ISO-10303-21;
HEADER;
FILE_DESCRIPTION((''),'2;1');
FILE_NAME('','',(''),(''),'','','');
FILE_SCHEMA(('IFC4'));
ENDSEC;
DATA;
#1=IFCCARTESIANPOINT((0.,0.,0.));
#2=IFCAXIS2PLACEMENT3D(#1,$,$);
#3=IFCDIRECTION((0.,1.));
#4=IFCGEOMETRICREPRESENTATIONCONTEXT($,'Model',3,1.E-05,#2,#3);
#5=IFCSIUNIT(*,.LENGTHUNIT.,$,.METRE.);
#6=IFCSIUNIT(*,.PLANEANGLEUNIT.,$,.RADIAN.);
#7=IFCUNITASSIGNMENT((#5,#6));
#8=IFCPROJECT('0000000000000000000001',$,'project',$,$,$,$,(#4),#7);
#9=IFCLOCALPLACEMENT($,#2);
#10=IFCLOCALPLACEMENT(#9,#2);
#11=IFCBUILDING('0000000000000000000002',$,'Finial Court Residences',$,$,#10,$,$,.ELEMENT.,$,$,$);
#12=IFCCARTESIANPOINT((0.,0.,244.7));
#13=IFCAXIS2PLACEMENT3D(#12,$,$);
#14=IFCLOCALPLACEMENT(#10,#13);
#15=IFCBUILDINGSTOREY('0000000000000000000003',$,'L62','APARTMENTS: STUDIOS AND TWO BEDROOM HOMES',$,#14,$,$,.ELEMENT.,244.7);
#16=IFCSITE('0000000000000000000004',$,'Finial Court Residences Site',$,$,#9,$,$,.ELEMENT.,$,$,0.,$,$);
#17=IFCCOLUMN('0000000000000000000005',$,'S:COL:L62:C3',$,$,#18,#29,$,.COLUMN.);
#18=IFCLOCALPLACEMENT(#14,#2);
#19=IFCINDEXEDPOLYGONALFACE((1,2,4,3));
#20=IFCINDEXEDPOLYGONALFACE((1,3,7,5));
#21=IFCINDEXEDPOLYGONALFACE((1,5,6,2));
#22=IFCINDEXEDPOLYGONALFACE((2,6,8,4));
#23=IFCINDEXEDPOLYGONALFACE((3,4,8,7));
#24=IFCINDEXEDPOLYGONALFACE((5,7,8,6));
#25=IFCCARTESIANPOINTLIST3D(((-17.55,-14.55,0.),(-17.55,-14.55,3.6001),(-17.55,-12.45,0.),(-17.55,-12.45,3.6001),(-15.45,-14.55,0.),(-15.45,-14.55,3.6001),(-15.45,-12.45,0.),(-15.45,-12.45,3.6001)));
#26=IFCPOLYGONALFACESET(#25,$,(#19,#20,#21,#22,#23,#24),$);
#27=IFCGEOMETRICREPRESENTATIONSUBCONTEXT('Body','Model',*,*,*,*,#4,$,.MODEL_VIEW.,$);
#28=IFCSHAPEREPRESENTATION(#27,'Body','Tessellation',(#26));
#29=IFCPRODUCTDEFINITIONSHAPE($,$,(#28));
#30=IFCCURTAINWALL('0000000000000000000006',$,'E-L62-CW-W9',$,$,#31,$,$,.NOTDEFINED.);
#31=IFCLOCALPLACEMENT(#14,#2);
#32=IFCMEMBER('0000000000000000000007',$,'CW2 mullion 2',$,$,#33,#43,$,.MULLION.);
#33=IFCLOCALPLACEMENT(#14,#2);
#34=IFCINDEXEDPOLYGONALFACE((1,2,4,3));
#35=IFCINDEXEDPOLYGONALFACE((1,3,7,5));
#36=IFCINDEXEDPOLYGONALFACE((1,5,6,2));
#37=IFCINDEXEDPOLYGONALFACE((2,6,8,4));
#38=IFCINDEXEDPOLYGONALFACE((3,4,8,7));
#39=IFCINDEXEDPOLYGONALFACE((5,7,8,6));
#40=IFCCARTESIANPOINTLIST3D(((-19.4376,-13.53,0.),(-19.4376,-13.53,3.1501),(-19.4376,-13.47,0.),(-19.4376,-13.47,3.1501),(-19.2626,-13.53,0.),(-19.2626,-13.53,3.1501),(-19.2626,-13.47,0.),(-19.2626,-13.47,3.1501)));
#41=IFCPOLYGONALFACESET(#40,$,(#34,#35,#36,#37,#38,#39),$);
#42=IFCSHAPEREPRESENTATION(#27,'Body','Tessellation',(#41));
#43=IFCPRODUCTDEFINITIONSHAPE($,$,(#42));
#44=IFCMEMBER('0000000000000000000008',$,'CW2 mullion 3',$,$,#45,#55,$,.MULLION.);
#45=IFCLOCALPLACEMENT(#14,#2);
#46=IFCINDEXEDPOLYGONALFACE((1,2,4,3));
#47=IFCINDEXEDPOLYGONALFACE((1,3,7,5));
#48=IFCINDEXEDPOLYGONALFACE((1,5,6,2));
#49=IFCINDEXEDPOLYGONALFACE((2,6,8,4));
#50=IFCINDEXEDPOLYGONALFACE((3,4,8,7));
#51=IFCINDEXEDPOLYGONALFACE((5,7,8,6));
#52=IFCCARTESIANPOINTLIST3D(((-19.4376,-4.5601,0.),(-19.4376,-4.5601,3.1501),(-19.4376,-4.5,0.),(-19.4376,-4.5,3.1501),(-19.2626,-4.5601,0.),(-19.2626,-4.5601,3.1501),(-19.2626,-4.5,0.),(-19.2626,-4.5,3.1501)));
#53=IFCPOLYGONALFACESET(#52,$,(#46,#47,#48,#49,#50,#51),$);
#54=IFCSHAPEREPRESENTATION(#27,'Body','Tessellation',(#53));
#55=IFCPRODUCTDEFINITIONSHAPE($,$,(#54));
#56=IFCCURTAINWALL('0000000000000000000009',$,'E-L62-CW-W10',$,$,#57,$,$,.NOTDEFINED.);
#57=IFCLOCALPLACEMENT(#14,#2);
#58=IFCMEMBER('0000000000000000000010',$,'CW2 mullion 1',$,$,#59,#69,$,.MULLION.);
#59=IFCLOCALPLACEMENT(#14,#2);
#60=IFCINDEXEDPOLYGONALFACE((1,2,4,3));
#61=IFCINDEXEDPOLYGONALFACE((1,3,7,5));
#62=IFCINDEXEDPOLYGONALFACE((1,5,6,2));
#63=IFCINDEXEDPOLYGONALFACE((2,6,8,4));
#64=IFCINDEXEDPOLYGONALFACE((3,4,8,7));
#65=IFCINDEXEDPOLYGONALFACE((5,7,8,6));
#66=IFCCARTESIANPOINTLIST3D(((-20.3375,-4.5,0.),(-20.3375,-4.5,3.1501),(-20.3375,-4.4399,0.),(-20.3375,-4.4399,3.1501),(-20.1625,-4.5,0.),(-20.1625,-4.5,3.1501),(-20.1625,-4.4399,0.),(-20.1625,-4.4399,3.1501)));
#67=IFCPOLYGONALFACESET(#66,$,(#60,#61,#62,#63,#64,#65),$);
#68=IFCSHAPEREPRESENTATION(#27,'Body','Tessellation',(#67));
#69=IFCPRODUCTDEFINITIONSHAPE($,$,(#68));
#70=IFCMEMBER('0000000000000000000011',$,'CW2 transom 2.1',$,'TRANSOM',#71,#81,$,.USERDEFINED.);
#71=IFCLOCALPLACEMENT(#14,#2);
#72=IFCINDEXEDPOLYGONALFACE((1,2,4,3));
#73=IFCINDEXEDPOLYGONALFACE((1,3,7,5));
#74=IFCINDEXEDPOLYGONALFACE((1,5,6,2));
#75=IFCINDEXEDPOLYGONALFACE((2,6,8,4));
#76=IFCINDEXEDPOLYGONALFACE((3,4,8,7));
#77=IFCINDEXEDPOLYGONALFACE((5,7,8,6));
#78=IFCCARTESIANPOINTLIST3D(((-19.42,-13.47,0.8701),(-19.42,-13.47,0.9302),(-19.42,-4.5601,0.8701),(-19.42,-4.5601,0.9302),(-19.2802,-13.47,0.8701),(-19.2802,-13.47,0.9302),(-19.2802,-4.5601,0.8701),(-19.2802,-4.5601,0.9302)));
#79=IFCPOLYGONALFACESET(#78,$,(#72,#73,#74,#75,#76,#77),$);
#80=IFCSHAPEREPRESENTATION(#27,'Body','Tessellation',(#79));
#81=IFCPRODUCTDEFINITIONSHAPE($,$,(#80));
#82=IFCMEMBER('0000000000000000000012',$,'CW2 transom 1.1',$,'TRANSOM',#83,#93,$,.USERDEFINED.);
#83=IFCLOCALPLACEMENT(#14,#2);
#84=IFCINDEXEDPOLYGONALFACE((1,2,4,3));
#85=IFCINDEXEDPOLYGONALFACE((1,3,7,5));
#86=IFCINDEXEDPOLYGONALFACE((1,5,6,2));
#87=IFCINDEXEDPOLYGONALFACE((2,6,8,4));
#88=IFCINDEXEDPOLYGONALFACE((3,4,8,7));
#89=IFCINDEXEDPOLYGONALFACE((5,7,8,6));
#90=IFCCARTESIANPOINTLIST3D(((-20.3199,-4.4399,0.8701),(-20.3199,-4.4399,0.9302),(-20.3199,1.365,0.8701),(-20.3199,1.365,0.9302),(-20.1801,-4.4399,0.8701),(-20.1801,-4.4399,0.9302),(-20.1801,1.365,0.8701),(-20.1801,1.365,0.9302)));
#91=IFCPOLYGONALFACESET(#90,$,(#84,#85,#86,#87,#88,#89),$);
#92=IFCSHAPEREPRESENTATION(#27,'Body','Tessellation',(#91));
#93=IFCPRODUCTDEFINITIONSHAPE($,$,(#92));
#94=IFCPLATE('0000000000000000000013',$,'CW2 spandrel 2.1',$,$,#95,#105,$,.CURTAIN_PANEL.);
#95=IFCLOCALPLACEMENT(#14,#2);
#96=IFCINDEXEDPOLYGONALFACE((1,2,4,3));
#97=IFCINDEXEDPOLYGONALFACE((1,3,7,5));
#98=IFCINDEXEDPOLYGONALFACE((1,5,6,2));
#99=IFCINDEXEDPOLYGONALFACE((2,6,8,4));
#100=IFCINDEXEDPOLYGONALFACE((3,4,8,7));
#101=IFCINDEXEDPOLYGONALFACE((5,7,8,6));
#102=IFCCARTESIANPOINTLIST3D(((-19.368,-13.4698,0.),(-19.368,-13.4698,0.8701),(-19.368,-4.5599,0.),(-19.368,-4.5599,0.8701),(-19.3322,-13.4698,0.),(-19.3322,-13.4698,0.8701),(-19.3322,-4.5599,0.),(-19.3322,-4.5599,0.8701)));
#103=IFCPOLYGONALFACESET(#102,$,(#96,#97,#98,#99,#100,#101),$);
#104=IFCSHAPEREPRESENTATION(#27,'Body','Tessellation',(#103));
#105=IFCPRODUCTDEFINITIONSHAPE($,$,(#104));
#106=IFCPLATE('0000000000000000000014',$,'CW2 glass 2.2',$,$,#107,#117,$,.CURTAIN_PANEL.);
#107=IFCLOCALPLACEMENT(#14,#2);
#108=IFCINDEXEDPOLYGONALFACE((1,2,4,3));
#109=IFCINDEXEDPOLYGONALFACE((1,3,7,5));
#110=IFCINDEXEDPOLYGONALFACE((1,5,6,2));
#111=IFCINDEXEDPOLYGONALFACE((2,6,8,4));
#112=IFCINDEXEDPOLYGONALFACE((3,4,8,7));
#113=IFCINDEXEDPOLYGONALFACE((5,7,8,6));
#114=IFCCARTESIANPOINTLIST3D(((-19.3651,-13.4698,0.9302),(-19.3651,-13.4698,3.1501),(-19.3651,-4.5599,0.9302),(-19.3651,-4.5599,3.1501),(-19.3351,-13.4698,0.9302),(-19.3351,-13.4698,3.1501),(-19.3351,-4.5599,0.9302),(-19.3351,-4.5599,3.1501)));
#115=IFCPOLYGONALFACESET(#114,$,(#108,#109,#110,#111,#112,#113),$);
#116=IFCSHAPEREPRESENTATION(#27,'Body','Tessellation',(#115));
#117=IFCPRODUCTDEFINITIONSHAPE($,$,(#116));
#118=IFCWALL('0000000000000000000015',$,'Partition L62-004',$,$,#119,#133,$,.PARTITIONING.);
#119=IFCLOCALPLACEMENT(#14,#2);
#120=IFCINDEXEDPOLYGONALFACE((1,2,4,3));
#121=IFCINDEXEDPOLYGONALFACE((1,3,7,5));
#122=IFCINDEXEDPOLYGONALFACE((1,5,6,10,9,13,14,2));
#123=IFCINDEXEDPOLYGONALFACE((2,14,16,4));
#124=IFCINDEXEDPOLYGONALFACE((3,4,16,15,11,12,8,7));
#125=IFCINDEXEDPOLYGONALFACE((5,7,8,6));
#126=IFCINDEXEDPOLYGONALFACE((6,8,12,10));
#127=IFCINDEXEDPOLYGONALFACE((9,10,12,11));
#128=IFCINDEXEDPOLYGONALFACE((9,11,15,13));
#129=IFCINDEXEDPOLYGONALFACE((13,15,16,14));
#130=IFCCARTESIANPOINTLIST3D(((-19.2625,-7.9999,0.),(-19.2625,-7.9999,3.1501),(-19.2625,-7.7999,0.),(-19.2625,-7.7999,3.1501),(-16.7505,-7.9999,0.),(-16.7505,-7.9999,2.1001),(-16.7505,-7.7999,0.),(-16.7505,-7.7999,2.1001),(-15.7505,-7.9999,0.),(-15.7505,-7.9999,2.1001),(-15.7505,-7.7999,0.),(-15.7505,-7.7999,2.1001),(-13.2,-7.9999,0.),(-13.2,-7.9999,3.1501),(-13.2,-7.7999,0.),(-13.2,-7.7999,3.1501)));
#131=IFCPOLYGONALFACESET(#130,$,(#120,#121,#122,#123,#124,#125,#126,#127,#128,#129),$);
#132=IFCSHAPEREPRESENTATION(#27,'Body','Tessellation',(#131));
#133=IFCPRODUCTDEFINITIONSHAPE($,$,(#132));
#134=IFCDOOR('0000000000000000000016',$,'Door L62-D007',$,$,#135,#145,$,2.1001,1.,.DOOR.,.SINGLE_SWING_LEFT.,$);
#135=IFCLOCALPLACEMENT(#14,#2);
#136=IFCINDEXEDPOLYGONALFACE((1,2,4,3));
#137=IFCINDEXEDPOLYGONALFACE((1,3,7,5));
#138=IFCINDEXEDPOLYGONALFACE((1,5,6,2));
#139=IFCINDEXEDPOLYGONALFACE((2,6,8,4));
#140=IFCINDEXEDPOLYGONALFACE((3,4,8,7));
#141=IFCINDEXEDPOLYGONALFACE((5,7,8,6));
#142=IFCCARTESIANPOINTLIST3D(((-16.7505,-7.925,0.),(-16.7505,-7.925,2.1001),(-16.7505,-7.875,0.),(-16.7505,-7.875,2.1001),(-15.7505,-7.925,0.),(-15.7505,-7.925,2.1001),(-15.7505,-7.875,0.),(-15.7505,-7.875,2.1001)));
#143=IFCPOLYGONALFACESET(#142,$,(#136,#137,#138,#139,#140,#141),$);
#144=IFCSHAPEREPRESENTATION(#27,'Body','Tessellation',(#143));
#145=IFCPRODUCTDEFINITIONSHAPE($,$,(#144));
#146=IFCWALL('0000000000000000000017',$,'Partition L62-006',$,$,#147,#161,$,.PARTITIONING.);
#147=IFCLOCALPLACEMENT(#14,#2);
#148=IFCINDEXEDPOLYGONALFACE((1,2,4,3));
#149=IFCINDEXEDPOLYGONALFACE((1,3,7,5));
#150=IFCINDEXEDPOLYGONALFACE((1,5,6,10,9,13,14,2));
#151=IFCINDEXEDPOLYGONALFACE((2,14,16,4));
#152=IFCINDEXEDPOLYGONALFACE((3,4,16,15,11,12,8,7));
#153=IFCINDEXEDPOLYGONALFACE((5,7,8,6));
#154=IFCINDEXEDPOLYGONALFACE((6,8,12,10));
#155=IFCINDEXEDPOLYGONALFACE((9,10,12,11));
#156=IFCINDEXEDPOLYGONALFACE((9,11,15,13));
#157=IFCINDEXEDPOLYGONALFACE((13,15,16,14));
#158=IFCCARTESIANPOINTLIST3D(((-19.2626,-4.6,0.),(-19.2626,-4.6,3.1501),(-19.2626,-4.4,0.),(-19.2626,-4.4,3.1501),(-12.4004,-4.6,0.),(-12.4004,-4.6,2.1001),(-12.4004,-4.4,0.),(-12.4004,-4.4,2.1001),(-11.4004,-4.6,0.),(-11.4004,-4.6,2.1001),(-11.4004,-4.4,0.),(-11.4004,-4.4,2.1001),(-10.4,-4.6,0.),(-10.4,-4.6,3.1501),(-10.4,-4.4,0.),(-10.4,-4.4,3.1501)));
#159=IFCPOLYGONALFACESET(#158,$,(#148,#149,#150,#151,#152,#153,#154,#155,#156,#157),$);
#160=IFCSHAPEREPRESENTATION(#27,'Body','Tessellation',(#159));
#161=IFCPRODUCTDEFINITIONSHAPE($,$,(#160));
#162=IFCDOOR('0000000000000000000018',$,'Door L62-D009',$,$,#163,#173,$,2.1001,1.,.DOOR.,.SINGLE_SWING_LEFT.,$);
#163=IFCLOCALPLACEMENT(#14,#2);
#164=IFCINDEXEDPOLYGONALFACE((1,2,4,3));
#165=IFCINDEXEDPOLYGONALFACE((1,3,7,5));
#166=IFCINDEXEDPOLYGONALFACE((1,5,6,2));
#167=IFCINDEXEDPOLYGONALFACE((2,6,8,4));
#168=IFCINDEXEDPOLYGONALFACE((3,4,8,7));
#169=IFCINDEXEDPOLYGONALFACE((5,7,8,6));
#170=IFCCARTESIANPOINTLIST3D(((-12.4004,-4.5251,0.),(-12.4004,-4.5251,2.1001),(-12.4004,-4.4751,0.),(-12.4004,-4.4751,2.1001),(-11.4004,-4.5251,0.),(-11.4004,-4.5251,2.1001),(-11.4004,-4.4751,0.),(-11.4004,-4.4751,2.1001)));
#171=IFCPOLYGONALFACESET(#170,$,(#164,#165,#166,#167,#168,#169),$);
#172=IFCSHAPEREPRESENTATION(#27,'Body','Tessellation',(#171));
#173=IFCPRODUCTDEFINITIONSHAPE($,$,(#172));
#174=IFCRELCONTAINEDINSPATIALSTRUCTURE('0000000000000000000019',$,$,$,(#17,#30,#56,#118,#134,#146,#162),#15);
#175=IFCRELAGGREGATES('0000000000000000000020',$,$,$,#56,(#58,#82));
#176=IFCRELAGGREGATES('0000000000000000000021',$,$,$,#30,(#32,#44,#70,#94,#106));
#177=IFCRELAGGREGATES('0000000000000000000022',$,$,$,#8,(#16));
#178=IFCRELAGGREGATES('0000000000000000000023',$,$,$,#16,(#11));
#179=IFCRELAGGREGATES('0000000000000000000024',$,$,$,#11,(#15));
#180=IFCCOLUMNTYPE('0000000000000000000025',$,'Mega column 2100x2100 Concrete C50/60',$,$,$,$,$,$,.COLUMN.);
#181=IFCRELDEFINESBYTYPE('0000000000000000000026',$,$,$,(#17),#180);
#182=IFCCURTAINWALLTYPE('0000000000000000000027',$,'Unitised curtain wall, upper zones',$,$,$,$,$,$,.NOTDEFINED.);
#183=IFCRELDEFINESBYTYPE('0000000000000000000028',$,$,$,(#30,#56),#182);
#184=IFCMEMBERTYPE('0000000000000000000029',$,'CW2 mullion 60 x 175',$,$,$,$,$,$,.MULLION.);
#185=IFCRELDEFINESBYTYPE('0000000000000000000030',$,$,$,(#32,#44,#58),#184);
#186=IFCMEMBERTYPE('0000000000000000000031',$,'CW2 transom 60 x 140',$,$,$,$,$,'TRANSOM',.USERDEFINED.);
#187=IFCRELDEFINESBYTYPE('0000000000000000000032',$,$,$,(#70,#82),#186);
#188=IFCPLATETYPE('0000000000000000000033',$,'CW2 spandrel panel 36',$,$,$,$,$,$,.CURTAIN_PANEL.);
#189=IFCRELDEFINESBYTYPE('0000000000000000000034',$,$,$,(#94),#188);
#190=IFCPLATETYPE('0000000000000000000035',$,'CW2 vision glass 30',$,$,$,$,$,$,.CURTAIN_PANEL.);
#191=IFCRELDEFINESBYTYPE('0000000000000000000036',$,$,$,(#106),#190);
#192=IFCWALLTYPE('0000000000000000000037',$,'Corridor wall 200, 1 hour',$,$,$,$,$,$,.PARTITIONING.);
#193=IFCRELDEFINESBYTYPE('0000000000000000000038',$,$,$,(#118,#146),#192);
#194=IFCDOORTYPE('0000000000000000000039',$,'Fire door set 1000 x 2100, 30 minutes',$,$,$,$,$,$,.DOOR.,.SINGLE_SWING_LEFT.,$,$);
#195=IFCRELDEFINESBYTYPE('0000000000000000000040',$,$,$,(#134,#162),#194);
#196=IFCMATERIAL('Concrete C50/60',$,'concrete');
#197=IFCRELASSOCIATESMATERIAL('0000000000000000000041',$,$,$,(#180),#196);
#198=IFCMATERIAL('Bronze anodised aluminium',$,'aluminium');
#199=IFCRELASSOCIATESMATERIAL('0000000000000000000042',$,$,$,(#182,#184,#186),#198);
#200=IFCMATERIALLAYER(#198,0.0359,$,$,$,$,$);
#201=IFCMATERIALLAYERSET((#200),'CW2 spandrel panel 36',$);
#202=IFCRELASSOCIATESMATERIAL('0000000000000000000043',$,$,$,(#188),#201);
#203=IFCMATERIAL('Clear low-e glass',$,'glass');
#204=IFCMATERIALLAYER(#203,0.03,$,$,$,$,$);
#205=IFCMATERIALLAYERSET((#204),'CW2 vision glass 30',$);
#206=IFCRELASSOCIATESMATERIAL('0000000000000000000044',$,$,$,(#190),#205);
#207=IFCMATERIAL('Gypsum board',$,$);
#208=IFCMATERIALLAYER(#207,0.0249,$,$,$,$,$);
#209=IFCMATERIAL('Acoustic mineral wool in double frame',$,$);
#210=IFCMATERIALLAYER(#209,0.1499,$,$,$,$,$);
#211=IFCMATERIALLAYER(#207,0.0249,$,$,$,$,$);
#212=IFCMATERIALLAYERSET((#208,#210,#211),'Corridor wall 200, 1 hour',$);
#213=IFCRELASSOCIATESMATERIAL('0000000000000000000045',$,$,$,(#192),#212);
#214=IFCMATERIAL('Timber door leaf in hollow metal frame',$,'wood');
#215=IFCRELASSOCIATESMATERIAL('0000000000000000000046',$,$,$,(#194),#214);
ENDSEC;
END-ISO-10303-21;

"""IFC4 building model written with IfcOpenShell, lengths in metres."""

from ifc_helpers import new_model, si_unit, direction, frame, frame_2d, origin, origin_2d, place, context, subcontext, project, spatial, rectangle, extrude, material, layer, layer_set, material_profile, profile_set, type_object, element, fill, aggregate, save


model = new_model("IFC4")

# Units and contexts
model_context = context("Model", 3, precision=1e-05, world=origin(), true_north=direction((0.0, 1.0)))
body_context = subcontext(model_context, "Body", "Model", "MODEL_VIEW")
ifc_project = project(units=[si_unit("LENGTHUNIT", "METRE"), si_unit("PLANEANGLEUNIT", "RADIAN")], contexts=[model_context])

# Site, building, storey
site_placement = place(None, origin())
site = spatial("IfcSite", under=ifc_project, at=site_placement, Name="Finial Court Residences Site", CompositionType="ELEMENT", RefElevation=0.0)
building_placement = place(site_placement, origin())
building = spatial("IfcBuilding", under=site, at=building_placement, Name="Finial Court Residences", CompositionType="ELEMENT")
storey_placement = place(building_placement, frame((0.0, 0.0, 244.7)))
storey = spatial("IfcBuildingStorey", under=building, at=storey_placement, Name="L62", Description="APARTMENTS: STUDIOS AND TWO BEDROOM HOMES", CompositionType="ELEMENT", Elevation=244.7)

# Column
ifc_material_1 = material(Name="Concrete C50/60", Category="concrete")
ifc_material_profile_1 = material_profile(ifc_material_1, rectangle(XDim=2.1001, YDim=2.1001, at=origin_2d()), Name="2100x2100")
ifc_profile_set_1 = profile_set([ifc_material_profile_1], Name="Concrete C50/60")
column_type = type_object("IfcColumnType", Name="Mega column 2100x2100 Concrete C50/60", PredefinedType="COLUMN", material=ifc_profile_set_1)
column_placement = place(storey_placement, frame((-16.5, -13.5, 0.0), z_axis=(0.0, 0.0, 1.0), x_axis=(1.0, 0.0, 0.0)))
element("IfcColumn", 1, at=column_placement, inside=storey, type_object=column_type, Name="S:COL:L62:C3", PredefinedType="COLUMN", context=body_context, shape_type="SweptSolid", body=[
    extrude(rectangle(XDim=2.1001, YDim=2.1001, at=origin_2d()), origin(), (0.0, 0.0, 1.0), 3.6001),
])

# Curtain wall, members
ifc_material_2 = material(Name="Bronze anodised aluminium", Category="aluminium")
curtain_wall_type = type_object("IfcCurtainWallType", Name="Unitised curtain wall, upper zones", PredefinedType="NOTDEFINED", material=ifc_material_2)
curtain_wall_1_placement = place(storey_placement, origin())
curtain_wall_1 = element("IfcCurtainWall", 2, at=curtain_wall_1_placement, inside=storey, type_object=curtain_wall_type, Name="E-L62-CW-W9", PredefinedType="NOTDEFINED")
ifc_material_profile_2 = material_profile(ifc_material_2, rectangle(XDim=0.175, YDim=0.0601, at=origin_2d()), Name="CW2 mullion 60 x 175")
ifc_profile_set_2 = profile_set([ifc_material_profile_2], Name="Bronze anodised aluminium")
member_type_1 = type_object("IfcMemberType", Name="CW2 mullion 60 x 175", PredefinedType="MULLION", material=ifc_profile_set_2)
member_1_placement = place(storey_placement, frame((-19.3501, -13.5, 0.0), z_axis=(0.0, 0.0, 1.0), x_axis=(-1.0, 0.0, 0.0)))
member_1 = element("IfcMember", 3, at=member_1_placement, type_object=member_type_1, Name="CW2 mullion 2", PredefinedType="MULLION", context=body_context, shape_type="SweptSolid", body=[
    extrude(rectangle(XDim=0.175, YDim=0.0601, at=origin_2d()), origin(), (0.0, 0.0, 1.0), 3.1501),
])
member_2_placement = place(storey_placement, frame((-19.3501, -4.53, 0.0), z_axis=(0.0, 0.0, 1.0), x_axis=(-1.0, 0.0, 0.0)))
member_2 = element("IfcMember", 4, at=member_2_placement, type_object=member_type_1, Name="CW2 mullion 3", PredefinedType="MULLION", context=body_context, shape_type="SweptSolid", body=[
    extrude(rectangle(XDim=0.175, YDim=0.0601, at=origin_2d()), origin(), (0.0, 0.0, 1.0), 3.1501),
])

# Curtain wall, member
curtain_wall_2_placement = place(storey_placement, origin())
curtain_wall_2 = element("IfcCurtainWall", 5, at=curtain_wall_2_placement, inside=storey, type_object=curtain_wall_type, Name="E-L62-CW-W10", PredefinedType="NOTDEFINED")
member_3_placement = place(storey_placement, frame((-20.25, -4.47, 0.0), z_axis=(0.0, 0.0, 1.0), x_axis=(-1.0, 0.0, 0.0)))
member_3 = element("IfcMember", 6, at=member_3_placement, type_object=member_type_1, Name="CW2 mullion 1", PredefinedType="MULLION", context=body_context, shape_type="SweptSolid", body=[
    extrude(rectangle(XDim=0.175, YDim=0.0601, at=origin_2d()), origin(), (0.0, 0.0, 1.0), 3.1501),
])

# Members
ifc_material_profile_3 = material_profile(ifc_material_2, rectangle(XDim=0.1399, YDim=0.0601, at=origin_2d()), Name="CW2 transom 60 x 140")
ifc_profile_set_3 = profile_set([ifc_material_profile_3], Name="Bronze anodised aluminium")
member_type_2 = type_object("IfcMemberType", Name="CW2 transom 60 x 140", ElementType="TRANSOM", PredefinedType="USERDEFINED", material=ifc_profile_set_3)
member_4_placement = place(storey_placement, frame((-19.3501, -13.47, 0.9001), z_axis=(0.0, 1.0, 0.0), x_axis=(-1.0, 0.0, 0.0)))
member_4 = element("IfcMember", 7, at=member_4_placement, type_object=member_type_2, Name="CW2 transom 2.1", ObjectType="TRANSOM", PredefinedType="USERDEFINED", context=body_context, shape_type="SweptSolid", body=[
    extrude(rectangle(XDim=0.1399, YDim=0.0601, at=origin_2d()), origin(), (0.0, 0.0, 1.0), 8.9099),
])
member_5_placement = place(storey_placement, frame((-20.25, -4.4399, 0.9001), z_axis=(0.0, 1.0, 0.0), x_axis=(-1.0, 0.0, 0.0)))
member_5 = element("IfcMember", 8, at=member_5_placement, type_object=member_type_2, Name="CW2 transom 1.1", ObjectType="TRANSOM", PredefinedType="USERDEFINED", context=body_context, shape_type="SweptSolid", body=[
    extrude(rectangle(XDim=0.1399, YDim=0.0601, at=origin_2d()), origin(), (0.0, 0.0, 1.0), 5.8049),
])
aggregate(curtain_wall_2, [member_3, member_5])

# Plates
ifc_layer_1 = layer(ifc_material_2, 0.0359)
ifc_layer_set_1 = layer_set([ifc_layer_1], Name="CW2 spandrel panel 36")
plate_type_1 = type_object("IfcPlateType", Name="CW2 spandrel panel 36", PredefinedType="CURTAIN_PANEL", material=ifc_layer_set_1)
plate_1_placement = place(storey_placement, frame((-19.3501, -9.0149, 0.0), z_axis=(0.0, 0.0, 1.0), x_axis=(0.0, 1.0, 0.0)))
plate_1 = element("IfcPlate", 9, at=plate_1_placement, type_object=plate_type_1, Name="CW2 spandrel 2.1", PredefinedType="CURTAIN_PANEL", context=body_context, shape_type="SweptSolid", body=[
    extrude(rectangle(XDim=8.9099, YDim=0.0359, at=origin_2d()), origin(), (0.0, 0.0, 1.0), 0.8701),
])
ifc_material_3 = material(Name="Clear low-e glass", Category="glass")
ifc_layer_2 = layer(ifc_material_3, 0.03)
ifc_layer_set_2 = layer_set([ifc_layer_2], Name="CW2 vision glass 30")
plate_type_2 = type_object("IfcPlateType", Name="CW2 vision glass 30", PredefinedType="CURTAIN_PANEL", material=ifc_layer_set_2)
plate_2_placement = place(storey_placement, frame((-19.3501, -9.0149, 0.9302), z_axis=(0.0, 0.0, 1.0), x_axis=(0.0, 1.0, 0.0)))
plate_2 = element("IfcPlate", 10, at=plate_2_placement, type_object=plate_type_2, Name="CW2 glass 2.2", PredefinedType="CURTAIN_PANEL", context=body_context, shape_type="SweptSolid", body=[
    extrude(rectangle(XDim=8.9099, YDim=0.03, at=origin_2d()), origin(), (0.0, 0.0, 1.0), 2.22),
])
aggregate(curtain_wall_1, [member_1, member_2, member_4, plate_1, plate_2])

# Walls, openings, doors
ifc_material_4 = material(Name="Gypsum board")
ifc_layer_3 = layer(ifc_material_4, 0.0249)
ifc_material_5 = material(Name="Acoustic mineral wool in double frame")
ifc_layer_4 = layer(ifc_material_5, 0.1499)
ifc_layer_5 = layer(ifc_material_4, 0.0249)
ifc_layer_set_3 = layer_set([ifc_layer_3, ifc_layer_4, ifc_layer_5], Name="Corridor wall 200, 1 hour")
wall_type_1 = type_object("IfcWallType", Name="Corridor wall 200, 1 hour", PredefinedType="PARTITIONING", material=ifc_layer_set_3)
wall_1_placement = place(storey_placement, frame((-19.2625, -7.8999, 0.0), z_axis=(0.0, 0.0, 1.0), x_axis=(1.0, 0.0, 0.0)))
wall_1 = element("IfcWall", 11, at=wall_1_placement, inside=storey, type_object=wall_type_1, Name="Partition L62-004", PredefinedType="PARTITIONING", context=body_context, shape_type="SweptSolid", body=[
    extrude(rectangle(XDim=6.0625, YDim=0.2, at=frame_2d((3.0312, 0.0))), origin(), (0.0, 0.0, 1.0), 3.1501),
])
opening_1_placement = place(wall_1_placement, frame((2.512, 0.0, 0.0)))
opening_1 = element("IfcOpeningElement", 12, at=opening_1_placement, cuts=wall_1, PredefinedType="OPENING", context=body_context, shape_type="SweptSolid", body=[
    extrude(rectangle(XDim=1.0, YDim=2.1001, at=frame_2d((0.5, 1.05))), frame((0.0, 0.1099, 0.0), z_axis=(0.0, -1.0, 0.0), x_axis=(1.0, 0.0, 0.0)), (0.0, 0.0, 1.0), 0.22),
])
ifc_material_6 = material(Name="Timber door leaf in hollow metal frame", Category="wood")
door_type_1 = type_object("IfcDoorType", Name="Fire door set 1000 x 2100, 30 minutes", OperationType="SINGLE_SWING_LEFT", PredefinedType="DOOR", material=ifc_material_6)
door_1_placement = place(opening_1_placement, origin())
door_1 = element("IfcDoor", 13, at=door_1_placement, inside=storey, type_object=door_type_1, Name="Door L62-D007", OperationType="SINGLE_SWING_LEFT", OverallHeight=2.1001, OverallWidth=1.0, PredefinedType="DOOR", context=body_context, shape_type="SweptSolid", body=[
    extrude(rectangle(XDim=1.0, YDim=2.1001, at=frame_2d((0.5, 1.05))), frame((0.0, 0.0249, 0.0), z_axis=(0.0, -1.0, 0.0), x_axis=(1.0, 0.0, 0.0)), (0.0, 0.0, 1.0), 0.05),
])
fill(opening_1, door_1)
wall_2_placement = place(storey_placement, frame((-19.2625, -4.5, 0.0), z_axis=(0.0, 0.0, 1.0), x_axis=(1.0, 0.0, 0.0)))
wall_2 = element("IfcWall", 14, at=wall_2_placement, inside=storey, type_object=wall_type_1, Name="Partition L62-006", PredefinedType="PARTITIONING", context=body_context, shape_type="SweptSolid", body=[
    extrude(rectangle(XDim=8.8625, YDim=0.2, at=frame_2d((4.4312, 0.0))), origin(), (0.0, 0.0, 1.0), 3.1501),
])
opening_2_placement = place(wall_2_placement, frame((6.8621, 0.0, 0.0)))
opening_2 = element("IfcOpeningElement", 15, at=opening_2_placement, cuts=wall_2, PredefinedType="OPENING", context=body_context, shape_type="SweptSolid", body=[
    extrude(rectangle(XDim=1.0, YDim=2.1001, at=frame_2d((0.5, 1.05))), frame((0.0, 0.1099, 0.0), z_axis=(0.0, -1.0, 0.0), x_axis=(1.0, 0.0, 0.0)), (0.0, 0.0, 1.0), 0.22),
])
door_2_placement = place(opening_2_placement, origin())
door_2 = element("IfcDoor", 16, at=door_2_placement, inside=storey, type_object=door_type_1, Name="Door L62-D009", OperationType="SINGLE_SWING_LEFT", OverallHeight=2.1001, OverallWidth=1.0, PredefinedType="DOOR", context=body_context, shape_type="SweptSolid", body=[
    extrude(rectangle(XDim=1.0, YDim=2.1001, at=frame_2d((0.5, 1.05))), frame((0.0, 0.0249, 0.0), z_axis=(0.0, -1.0, 0.0), x_axis=(1.0, 0.0, 0.0)), (0.0, 0.0, 1.0), 0.05),
])
fill(opening_2, door_2)

save(model, "model.ifc")
